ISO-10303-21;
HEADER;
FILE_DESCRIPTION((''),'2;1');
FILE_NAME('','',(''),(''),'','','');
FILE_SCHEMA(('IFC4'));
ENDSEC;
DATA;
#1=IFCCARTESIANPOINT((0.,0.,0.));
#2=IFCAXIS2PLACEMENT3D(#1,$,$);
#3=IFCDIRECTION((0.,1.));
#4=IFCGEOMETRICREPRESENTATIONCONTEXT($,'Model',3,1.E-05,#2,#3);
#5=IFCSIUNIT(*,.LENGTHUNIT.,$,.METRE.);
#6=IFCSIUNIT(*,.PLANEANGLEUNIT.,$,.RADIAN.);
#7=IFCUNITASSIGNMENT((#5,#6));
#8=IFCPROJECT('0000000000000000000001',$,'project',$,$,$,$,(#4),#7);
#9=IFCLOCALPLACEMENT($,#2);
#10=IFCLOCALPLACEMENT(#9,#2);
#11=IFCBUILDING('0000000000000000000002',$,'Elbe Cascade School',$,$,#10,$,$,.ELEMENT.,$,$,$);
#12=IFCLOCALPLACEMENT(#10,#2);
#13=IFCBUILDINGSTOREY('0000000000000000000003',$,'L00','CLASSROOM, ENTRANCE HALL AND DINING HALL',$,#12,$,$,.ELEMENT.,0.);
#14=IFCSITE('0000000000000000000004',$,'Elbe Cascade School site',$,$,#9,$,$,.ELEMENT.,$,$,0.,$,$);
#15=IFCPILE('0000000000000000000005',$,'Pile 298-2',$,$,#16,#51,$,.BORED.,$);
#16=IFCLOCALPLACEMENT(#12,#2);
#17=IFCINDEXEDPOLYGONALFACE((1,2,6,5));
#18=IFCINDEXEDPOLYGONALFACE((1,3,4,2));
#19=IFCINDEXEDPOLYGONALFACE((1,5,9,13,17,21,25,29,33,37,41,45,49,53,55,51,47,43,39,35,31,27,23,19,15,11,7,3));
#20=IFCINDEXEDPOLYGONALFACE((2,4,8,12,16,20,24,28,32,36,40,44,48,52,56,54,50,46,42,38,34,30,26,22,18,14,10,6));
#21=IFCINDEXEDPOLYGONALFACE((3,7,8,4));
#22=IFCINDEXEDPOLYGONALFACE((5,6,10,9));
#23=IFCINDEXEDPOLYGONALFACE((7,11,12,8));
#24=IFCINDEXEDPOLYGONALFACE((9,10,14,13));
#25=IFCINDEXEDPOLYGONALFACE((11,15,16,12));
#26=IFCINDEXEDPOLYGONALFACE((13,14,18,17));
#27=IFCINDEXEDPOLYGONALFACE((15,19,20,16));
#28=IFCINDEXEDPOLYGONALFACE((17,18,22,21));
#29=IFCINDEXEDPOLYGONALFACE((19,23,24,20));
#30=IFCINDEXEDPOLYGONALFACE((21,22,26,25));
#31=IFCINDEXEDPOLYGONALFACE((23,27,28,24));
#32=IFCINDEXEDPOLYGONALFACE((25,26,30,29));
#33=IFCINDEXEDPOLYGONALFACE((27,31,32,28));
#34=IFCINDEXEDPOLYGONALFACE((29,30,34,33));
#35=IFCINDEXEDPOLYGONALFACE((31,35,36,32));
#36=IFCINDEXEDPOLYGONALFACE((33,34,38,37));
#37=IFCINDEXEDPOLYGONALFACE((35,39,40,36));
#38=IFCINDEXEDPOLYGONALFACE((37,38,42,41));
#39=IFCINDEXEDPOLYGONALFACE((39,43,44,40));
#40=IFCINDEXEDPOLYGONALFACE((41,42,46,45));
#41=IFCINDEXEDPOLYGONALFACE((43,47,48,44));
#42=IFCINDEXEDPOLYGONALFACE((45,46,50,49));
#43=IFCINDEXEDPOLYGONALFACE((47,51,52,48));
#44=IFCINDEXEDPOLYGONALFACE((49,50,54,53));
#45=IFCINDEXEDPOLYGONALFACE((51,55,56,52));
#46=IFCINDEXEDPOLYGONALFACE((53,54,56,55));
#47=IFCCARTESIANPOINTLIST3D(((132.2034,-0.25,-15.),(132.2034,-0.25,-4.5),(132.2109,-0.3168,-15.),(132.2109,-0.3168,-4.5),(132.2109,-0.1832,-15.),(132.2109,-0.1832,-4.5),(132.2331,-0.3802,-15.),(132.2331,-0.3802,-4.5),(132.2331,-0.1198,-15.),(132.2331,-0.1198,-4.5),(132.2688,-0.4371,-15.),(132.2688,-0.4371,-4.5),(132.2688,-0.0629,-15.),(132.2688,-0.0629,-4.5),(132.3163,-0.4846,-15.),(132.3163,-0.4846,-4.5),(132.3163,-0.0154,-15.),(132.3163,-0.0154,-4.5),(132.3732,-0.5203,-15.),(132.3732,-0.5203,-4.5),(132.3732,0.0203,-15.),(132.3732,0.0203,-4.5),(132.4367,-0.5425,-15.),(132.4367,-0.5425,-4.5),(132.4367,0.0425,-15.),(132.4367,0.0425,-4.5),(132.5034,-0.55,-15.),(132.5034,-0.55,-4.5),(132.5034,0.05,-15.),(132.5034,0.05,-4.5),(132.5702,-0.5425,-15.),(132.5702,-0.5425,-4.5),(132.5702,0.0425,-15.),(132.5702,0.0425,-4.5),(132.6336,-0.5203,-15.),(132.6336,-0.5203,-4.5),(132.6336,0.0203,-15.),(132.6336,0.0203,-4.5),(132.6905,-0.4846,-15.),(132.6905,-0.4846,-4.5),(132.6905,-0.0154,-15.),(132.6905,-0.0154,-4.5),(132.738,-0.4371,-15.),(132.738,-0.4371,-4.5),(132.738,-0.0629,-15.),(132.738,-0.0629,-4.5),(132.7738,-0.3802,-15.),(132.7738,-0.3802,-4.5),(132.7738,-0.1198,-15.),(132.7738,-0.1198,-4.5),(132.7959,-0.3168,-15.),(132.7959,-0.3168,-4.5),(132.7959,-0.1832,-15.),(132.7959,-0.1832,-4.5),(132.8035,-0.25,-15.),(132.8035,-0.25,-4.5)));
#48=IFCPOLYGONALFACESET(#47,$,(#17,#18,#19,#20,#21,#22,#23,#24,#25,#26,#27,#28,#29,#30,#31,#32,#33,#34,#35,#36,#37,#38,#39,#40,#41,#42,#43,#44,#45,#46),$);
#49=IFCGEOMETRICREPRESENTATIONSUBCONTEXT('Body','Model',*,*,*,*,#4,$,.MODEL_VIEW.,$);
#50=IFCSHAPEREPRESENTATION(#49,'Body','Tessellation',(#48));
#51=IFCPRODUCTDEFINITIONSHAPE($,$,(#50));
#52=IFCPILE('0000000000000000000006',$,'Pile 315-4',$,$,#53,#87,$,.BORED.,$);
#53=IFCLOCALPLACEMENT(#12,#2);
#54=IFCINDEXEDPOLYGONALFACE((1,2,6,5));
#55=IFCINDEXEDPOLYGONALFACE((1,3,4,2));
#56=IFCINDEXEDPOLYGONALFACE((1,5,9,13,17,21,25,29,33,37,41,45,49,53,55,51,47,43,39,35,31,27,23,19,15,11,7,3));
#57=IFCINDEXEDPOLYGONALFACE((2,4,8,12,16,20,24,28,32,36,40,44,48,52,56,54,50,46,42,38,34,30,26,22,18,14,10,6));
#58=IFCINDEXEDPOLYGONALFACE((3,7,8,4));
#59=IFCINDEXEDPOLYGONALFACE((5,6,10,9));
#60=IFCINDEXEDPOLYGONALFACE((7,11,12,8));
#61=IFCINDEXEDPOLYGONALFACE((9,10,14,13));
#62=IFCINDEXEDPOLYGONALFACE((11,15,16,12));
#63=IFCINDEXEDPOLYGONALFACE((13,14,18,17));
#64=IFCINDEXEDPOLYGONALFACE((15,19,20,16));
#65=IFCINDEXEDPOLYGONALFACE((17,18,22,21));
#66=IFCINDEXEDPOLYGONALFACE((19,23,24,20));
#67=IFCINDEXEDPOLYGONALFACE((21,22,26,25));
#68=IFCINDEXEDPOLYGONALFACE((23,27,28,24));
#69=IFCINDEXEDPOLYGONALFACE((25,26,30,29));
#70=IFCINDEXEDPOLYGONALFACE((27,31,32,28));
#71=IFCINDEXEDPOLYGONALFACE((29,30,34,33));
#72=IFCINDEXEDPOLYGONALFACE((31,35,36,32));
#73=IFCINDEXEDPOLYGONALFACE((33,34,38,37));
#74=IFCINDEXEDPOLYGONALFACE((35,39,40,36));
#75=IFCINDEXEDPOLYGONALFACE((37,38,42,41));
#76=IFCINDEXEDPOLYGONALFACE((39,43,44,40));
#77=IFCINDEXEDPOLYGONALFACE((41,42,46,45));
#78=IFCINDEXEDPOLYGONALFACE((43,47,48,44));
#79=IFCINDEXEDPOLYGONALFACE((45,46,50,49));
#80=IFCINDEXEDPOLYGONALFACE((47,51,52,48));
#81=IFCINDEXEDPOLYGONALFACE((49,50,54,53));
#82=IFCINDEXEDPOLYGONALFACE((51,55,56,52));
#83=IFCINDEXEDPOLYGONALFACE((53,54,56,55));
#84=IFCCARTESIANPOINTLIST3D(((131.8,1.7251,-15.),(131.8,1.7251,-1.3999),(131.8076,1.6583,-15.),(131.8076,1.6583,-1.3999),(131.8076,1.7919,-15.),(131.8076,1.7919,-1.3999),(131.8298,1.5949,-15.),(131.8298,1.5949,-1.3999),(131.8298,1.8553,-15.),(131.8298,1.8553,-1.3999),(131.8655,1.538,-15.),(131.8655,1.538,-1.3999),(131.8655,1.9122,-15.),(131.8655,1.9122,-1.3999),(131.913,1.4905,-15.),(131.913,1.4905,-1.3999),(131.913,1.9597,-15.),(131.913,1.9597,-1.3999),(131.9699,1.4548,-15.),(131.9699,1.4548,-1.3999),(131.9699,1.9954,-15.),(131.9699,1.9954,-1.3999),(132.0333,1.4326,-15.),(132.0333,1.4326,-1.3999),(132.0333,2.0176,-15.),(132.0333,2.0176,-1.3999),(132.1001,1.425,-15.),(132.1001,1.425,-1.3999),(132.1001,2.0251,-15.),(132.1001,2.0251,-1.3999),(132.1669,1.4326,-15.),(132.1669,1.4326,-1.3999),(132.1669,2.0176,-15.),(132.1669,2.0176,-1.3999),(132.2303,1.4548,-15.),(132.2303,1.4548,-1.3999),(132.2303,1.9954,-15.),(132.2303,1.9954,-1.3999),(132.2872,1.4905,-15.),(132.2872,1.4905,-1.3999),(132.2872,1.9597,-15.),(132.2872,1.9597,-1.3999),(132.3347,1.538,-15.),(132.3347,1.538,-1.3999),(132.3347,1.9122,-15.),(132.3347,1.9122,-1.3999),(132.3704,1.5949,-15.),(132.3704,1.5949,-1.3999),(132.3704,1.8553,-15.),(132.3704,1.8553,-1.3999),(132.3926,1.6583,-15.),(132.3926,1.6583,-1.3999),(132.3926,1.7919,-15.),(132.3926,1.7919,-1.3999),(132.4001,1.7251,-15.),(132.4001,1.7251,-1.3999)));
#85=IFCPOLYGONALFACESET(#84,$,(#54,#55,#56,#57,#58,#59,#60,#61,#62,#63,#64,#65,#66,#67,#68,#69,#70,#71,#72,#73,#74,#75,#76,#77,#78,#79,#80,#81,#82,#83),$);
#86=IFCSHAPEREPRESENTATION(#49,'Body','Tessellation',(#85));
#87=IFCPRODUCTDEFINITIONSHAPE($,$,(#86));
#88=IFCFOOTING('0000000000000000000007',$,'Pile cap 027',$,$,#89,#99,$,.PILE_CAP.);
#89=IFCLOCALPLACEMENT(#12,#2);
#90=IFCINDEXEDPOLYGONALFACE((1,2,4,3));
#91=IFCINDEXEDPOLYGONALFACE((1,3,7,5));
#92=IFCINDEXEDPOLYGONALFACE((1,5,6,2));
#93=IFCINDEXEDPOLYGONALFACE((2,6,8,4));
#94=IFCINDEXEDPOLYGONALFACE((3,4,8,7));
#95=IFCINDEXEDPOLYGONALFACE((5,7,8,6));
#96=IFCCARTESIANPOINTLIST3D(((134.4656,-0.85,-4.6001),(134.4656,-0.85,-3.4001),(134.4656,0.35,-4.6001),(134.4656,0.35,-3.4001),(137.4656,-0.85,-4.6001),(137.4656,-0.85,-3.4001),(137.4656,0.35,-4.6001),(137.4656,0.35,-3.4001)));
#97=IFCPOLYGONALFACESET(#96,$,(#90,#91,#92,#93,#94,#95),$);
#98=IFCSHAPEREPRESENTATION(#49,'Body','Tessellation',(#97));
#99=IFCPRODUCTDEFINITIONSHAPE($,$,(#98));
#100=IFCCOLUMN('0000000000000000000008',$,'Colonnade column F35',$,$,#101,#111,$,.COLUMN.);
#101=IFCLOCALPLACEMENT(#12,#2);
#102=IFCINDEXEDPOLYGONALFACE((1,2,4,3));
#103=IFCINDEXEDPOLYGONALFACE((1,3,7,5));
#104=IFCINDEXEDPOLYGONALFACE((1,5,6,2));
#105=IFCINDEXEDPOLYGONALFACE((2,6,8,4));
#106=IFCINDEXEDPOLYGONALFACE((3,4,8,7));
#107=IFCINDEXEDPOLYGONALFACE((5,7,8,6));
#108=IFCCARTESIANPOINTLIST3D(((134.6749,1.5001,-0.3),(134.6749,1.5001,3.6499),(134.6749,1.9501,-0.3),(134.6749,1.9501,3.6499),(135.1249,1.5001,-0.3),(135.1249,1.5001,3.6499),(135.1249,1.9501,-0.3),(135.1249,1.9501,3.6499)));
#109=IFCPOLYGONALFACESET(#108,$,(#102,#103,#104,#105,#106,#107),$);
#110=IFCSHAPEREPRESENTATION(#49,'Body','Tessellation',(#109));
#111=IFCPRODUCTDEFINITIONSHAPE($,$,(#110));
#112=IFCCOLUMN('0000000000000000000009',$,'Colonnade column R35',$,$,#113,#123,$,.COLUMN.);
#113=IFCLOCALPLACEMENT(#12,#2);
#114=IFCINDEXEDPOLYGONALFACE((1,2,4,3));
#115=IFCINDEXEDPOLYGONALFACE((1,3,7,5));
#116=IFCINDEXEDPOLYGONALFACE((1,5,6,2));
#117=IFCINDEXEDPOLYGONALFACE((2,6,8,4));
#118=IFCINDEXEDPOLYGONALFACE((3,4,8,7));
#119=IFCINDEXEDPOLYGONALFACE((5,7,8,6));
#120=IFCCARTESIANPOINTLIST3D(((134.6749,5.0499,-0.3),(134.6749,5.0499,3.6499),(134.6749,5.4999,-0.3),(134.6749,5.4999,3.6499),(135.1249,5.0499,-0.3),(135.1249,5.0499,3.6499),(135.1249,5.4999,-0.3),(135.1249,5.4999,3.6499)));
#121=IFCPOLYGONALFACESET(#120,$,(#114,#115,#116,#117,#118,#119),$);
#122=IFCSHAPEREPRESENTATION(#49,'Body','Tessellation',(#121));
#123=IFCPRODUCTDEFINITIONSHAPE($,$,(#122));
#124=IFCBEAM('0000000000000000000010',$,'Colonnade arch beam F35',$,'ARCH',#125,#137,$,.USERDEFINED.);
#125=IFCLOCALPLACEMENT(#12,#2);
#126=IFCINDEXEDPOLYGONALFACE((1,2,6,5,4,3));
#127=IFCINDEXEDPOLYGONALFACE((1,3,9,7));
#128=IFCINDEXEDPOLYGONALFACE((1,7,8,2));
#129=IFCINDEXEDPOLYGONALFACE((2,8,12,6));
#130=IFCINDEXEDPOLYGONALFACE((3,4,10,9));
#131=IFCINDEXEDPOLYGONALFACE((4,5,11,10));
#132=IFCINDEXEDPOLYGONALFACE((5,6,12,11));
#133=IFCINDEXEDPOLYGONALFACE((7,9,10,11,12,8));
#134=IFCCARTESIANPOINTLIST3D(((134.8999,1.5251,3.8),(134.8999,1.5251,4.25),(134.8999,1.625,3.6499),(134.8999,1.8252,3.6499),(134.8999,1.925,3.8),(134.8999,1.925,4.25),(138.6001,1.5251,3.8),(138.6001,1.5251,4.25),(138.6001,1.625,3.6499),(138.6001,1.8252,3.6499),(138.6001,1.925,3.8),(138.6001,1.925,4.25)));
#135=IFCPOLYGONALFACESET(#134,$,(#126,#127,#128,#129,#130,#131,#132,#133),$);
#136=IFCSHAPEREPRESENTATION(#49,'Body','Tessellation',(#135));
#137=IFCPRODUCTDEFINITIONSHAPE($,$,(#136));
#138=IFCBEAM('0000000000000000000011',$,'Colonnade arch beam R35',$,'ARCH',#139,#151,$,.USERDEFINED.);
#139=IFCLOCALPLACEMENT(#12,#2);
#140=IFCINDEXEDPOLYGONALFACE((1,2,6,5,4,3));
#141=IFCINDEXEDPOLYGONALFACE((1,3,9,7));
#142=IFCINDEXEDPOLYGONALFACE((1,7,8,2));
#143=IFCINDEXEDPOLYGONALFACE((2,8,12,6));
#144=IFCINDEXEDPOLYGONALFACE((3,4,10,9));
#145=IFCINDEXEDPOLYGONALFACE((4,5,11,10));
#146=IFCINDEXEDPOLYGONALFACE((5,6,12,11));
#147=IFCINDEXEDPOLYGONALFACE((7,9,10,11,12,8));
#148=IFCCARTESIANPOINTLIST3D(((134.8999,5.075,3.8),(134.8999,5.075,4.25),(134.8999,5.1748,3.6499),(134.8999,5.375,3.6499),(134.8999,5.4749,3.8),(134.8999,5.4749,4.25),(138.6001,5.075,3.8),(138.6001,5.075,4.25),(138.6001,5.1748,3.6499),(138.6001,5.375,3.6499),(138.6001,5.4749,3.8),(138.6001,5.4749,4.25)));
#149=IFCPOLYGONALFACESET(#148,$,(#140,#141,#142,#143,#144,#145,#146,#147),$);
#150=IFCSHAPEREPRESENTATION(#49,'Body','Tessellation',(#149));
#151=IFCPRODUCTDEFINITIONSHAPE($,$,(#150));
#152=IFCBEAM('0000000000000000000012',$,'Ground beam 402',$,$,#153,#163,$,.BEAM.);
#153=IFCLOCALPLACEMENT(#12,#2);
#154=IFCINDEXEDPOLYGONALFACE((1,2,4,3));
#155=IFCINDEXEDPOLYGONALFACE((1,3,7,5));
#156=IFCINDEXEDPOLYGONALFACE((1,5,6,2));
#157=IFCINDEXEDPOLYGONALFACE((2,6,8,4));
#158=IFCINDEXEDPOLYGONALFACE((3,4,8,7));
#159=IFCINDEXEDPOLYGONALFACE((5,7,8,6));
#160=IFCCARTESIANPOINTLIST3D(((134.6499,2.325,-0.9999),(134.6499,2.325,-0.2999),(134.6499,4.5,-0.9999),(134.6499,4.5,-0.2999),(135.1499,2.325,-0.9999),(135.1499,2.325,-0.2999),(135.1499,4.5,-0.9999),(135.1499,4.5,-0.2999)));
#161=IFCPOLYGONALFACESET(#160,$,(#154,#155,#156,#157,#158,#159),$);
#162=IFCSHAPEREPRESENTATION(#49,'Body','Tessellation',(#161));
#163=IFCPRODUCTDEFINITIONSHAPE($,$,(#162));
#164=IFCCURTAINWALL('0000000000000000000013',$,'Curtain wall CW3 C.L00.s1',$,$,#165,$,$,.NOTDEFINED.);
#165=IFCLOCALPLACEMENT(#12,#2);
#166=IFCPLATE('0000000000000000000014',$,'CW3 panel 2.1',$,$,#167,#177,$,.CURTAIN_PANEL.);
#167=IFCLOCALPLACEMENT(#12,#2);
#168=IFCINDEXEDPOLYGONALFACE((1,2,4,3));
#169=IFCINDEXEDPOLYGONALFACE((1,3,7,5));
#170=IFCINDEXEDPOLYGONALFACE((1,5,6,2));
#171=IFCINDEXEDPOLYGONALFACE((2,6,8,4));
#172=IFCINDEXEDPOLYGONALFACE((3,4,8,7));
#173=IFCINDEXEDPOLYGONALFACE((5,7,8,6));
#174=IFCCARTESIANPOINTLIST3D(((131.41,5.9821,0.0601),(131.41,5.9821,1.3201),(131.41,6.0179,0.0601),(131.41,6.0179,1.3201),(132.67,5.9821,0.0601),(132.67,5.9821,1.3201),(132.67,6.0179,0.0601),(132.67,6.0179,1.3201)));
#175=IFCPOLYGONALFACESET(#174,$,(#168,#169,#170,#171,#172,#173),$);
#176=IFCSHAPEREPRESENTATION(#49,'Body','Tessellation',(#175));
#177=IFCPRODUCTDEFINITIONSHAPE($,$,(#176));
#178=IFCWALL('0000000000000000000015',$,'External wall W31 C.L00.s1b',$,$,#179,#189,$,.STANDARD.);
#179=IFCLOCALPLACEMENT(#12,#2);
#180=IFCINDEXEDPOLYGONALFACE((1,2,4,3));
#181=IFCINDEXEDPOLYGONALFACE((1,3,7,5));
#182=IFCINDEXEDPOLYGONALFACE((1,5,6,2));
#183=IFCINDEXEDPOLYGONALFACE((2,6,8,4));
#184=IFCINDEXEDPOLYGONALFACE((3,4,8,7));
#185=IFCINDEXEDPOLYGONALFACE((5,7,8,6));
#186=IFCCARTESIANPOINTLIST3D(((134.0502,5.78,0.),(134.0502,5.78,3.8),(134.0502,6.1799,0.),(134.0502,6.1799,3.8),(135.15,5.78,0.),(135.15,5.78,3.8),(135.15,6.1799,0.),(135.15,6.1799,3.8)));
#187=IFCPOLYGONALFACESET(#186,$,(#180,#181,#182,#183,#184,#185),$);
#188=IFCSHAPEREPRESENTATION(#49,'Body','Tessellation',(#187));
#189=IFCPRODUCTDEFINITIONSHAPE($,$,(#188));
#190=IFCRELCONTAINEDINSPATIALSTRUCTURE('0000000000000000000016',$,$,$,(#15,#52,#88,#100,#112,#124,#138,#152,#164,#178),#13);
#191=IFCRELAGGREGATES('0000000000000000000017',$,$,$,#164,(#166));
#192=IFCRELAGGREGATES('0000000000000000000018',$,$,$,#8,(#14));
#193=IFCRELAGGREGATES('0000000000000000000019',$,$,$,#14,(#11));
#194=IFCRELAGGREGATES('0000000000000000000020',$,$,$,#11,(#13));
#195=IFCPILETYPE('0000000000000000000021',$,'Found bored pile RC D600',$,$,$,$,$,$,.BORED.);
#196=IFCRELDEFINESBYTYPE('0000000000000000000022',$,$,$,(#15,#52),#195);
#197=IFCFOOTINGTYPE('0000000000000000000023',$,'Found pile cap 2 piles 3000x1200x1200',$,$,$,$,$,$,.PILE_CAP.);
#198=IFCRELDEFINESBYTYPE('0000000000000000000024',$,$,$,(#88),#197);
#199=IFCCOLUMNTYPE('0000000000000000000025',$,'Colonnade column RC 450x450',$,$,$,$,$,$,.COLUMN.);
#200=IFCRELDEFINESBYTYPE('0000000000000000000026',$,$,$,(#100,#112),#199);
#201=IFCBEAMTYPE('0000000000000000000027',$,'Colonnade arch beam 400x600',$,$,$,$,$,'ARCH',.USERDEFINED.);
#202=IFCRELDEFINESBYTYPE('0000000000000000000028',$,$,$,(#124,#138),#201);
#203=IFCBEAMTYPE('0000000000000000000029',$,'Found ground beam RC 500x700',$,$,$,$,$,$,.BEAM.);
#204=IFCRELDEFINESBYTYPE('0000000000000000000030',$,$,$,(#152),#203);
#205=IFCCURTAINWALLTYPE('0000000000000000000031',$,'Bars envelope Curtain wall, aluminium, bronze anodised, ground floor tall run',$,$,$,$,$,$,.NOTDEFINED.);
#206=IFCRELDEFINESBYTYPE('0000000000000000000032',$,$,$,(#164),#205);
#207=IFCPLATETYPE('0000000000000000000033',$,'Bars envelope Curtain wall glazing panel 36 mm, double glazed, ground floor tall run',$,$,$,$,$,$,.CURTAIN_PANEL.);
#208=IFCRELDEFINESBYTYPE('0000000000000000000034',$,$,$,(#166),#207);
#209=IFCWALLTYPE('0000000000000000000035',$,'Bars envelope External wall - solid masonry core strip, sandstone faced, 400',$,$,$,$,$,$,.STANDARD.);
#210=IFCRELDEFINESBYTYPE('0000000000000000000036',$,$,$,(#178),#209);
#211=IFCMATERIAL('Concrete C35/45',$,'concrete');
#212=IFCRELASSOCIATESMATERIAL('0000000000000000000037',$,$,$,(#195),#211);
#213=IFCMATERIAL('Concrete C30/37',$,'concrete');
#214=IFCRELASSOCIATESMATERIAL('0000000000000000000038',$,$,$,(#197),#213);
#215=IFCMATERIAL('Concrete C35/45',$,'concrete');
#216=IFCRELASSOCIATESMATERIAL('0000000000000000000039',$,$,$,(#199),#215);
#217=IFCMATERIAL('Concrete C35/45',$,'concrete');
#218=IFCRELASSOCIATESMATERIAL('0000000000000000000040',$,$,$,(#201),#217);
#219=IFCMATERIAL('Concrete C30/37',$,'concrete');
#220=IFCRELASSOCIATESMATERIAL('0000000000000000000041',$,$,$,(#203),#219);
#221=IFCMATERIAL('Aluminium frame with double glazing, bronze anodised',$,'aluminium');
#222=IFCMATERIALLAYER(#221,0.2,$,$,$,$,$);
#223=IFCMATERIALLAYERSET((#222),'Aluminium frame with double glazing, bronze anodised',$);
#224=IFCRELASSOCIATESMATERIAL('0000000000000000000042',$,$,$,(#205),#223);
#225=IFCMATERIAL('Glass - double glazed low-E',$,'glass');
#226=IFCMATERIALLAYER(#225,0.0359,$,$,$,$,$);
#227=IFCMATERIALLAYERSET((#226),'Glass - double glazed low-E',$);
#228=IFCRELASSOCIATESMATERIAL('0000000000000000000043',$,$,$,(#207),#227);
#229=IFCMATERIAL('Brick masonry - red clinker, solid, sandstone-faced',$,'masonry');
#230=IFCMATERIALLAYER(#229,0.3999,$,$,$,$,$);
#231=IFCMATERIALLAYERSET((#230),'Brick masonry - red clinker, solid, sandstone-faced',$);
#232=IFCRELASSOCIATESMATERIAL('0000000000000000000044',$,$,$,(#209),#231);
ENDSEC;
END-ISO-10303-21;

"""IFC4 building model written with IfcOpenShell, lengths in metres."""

from ifc_helpers import new_model, si_unit, direction, frame, frame_2d, origin, origin_2d, place, context, subcontext, project, spatial, polyline, rectangle, circle, outline, extrude, material, layer, layer_set, material_profile, profile_set, type_object, element, aggregate, save


model = new_model("IFC4")

# Units and contexts
model_context = context("Model", 3, precision=1e-05, world=origin(), true_north=direction((0.0, 1.0)))
body_context = subcontext(model_context, "Body", "Model", "MODEL_VIEW")
ifc_project = project(units=[si_unit("LENGTHUNIT", "METRE"), si_unit("PLANEANGLEUNIT", "RADIAN")], contexts=[model_context])

# Site, building, storey
site_placement = place(None, origin())
site = spatial("IfcSite", under=ifc_project, at=site_placement, Name="Elbe Cascade School site", CompositionType="ELEMENT", RefElevation=0.0)
building_placement = place(site_placement, origin())
building = spatial("IfcBuilding", under=site, at=building_placement, Name="Elbe Cascade School", CompositionType="ELEMENT")
storey_placement = place(building_placement, origin())
storey = spatial("IfcBuildingStorey", under=building, at=storey_placement, Name="L00", Description="CLASSROOM, ENTRANCE HALL AND DINING HALL", CompositionType="ELEMENT", Elevation=0.0)

# Piles
ifc_material_1 = material(Name="Concrete C35/45", Category="concrete")
ifc_material_profile_1 = material_profile(ifc_material_1, circle(Radius=0.3, at=origin_2d()), Name="RC D600")
ifc_profile_set_1 = profile_set([ifc_material_profile_1], Name="Concrete C35/45")
pile_type = type_object("IfcPileType", Name="Found bored pile RC D600", PredefinedType="BORED", material=ifc_profile_set_1)
pile_1_placement = place(storey_placement, frame((132.5034, -0.25, -4.5), z_axis=(0.0, 0.0, -1.0), x_axis=(1.0, 0.0, 0.0)))
element("IfcPile", 1, at=pile_1_placement, inside=storey, type_object=pile_type, Name="Pile 298-2", PredefinedType="BORED", context=body_context, shape_type="SweptSolid", body=[
    extrude(circle(Radius=0.3, at=origin_2d()), origin(), (0.0, 0.0, 1.0), 10.5),
])
pile_2_placement = place(storey_placement, frame((132.1001, 1.7251, -1.3999), z_axis=(0.0, 0.0, -1.0), x_axis=(1.0, 0.0, 0.0)))
element("IfcPile", 2, at=pile_2_placement, inside=storey, type_object=pile_type, Name="Pile 315-4", PredefinedType="BORED", context=body_context, shape_type="SweptSolid", body=[
    extrude(circle(Radius=0.3, at=origin_2d()), origin(), (0.0, 0.0, 1.0), 13.6001),
])

# Footing
ifc_material_2 = material(Name="Concrete C30/37", Category="concrete")
footing_type = type_object("IfcFootingType", Name="Found pile cap 2 piles 3000x1200x1200", PredefinedType="PILE_CAP", material=ifc_material_2)
footing_placement = place(storey_placement, frame((135.9656, -0.25, -4.6001), z_axis=(0.0, 0.0, 1.0), x_axis=(1.0, 0.0, 0.0)))
element("IfcFooting", 3, at=footing_placement, inside=storey, type_object=footing_type, Name="Pile cap 027", PredefinedType="PILE_CAP", context=body_context, shape_type="SweptSolid", body=[
    extrude(rectangle(XDim=3.0, YDim=1.2, at=origin_2d()), origin(), (0.0, 0.0, 1.0), 1.2),
])

# Columns
ifc_material_3 = material(Name="Concrete C35/45", Category="concrete")
ifc_material_profile_2 = material_profile(ifc_material_3, rectangle(XDim=0.45, YDim=0.45, at=origin_2d()), Name="RC 450x450")
ifc_profile_set_2 = profile_set([ifc_material_profile_2], Name="Concrete C35/45")
column_type = type_object("IfcColumnType", Name="Colonnade column RC 450x450", PredefinedType="COLUMN", material=ifc_profile_set_2)
for number, where, z_axis, x_axis, name in (
    (4, (134.8999, 1.7251, -0.3), (0.0, 0.0, 1.0), (1.0, 0.0, 0.0), "Colonnade column F35"),
    (5, (134.8999, 5.2749, -0.3), (0.0, 0.0, 1.0), (1.0, 0.0, 0.0), "Colonnade column R35"),
):
    element("IfcColumn", number, at=place(storey_placement, frame(where, z_axis=z_axis, x_axis=x_axis)), inside=storey, type_object=column_type, Name=name, PredefinedType="COLUMN", context=body_context, shape_type="SweptSolid", body=[
        extrude(rectangle(XDim=0.45, YDim=0.45, at=origin_2d()), origin(), (0.0, 0.0, 1.0), 3.95),
    ])

# Beams
ifc_material_4 = material(Name="Concrete C35/45", Category="concrete")
ifc_material_profile_3 = material_profile(ifc_material_4, outline(polyline([(-0.2, 0.3), (0.2, 0.3), (0.2, -0.1499), (0.1001, -0.3), (-0.1001, -0.3), (-0.2, -0.1499), (-0.2, 0.3)])), Name="RC arch 400x600")
ifc_profile_set_3 = profile_set([ifc_material_profile_3], Name="Concrete C35/45")
beam_type_1 = type_object("IfcBeamType", Name="Colonnade arch beam 400x600", ElementType="ARCH", PredefinedType="USERDEFINED", material=ifc_profile_set_3)
for number, where, z_axis, x_axis, name in (
    (6, (134.8999, 1.7251, 3.95), (1.0, 0.0, 0.0), (0.0, 1.0, 0.0), "Colonnade arch beam F35"),
    (7, (134.8999, 5.2749, 3.95), (1.0, 0.0, 0.0), (0.0, 1.0, 0.0), "Colonnade arch beam R35"),
):
    element("IfcBeam", number, at=place(storey_placement, frame(where, z_axis=z_axis, x_axis=x_axis)), inside=storey, type_object=beam_type_1, Name=name, ObjectType="ARCH", PredefinedType="USERDEFINED", context=body_context, shape_type="SweptSolid", body=[
        extrude(outline(polyline([(-0.2, 0.3), (0.2, 0.3), (0.2, -0.1499), (0.1001, -0.3), (-0.1001, -0.3), (-0.2, -0.1499), (-0.2, 0.3)])), origin(), (0.0, 0.0, 1.0), 3.7002),
    ])
ifc_material_5 = material(Name="Concrete C30/37", Category="concrete")
ifc_material_profile_4 = material_profile(ifc_material_5, rectangle(XDim=0.5, YDim=0.7, at=origin_2d()), Name="RC 500x700")
ifc_profile_set_4 = profile_set([ifc_material_profile_4], Name="Concrete C30/37")
beam_type_2 = type_object("IfcBeamType", Name="Found ground beam RC 500x700", PredefinedType="BEAM", material=ifc_profile_set_4)
beam_placement = place(storey_placement, frame((134.8999, 2.325, -0.6499), z_axis=(0.0, 1.0, 0.0), x_axis=(-1.0, 0.0, 0.0)))
element("IfcBeam", 8, at=beam_placement, inside=storey, type_object=beam_type_2, Name="Ground beam 402", PredefinedType="BEAM", context=body_context, shape_type="SweptSolid", body=[
    extrude(rectangle(XDim=0.5, YDim=0.7, at=origin_2d()), origin(), (0.0, 0.0, 1.0), 2.175),
])

# Curtain wall, plate
ifc_material_6 = material(Name="Aluminium frame with double glazing, bronze anodised", Category="aluminium")
ifc_layer_1 = layer(ifc_material_6, 0.2)
ifc_layer_set_1 = layer_set([ifc_layer_1], Name="Aluminium frame with double glazing, bronze anodised")
curtain_wall_type = type_object("IfcCurtainWallType", Name="Bars envelope Curtain wall, aluminium, bronze anodised, ground floor tall run", PredefinedType="NOTDEFINED", material=ifc_layer_set_1)
curtain_wall_placement = place(storey_placement, origin())
curtain_wall = element("IfcCurtainWall", 9, at=curtain_wall_placement, inside=storey, type_object=curtain_wall_type, Name="Curtain wall CW3 C.L00.s1", PredefinedType="NOTDEFINED")
ifc_material_7 = material(Name="Glass - double glazed low-E", Category="glass")
ifc_layer_2 = layer(ifc_material_7, 0.0359)
ifc_layer_set_2 = layer_set([ifc_layer_2], Name="Glass - double glazed low-E")
plate_type = type_object("IfcPlateType", Name="Bars envelope Curtain wall glazing panel 36 mm, double glazed, ground floor tall run", PredefinedType="CURTAIN_PANEL", material=ifc_layer_set_2)
plate_placement = place(storey_placement, frame((132.04, 6.0, 0.0601), z_axis=(0.0, 0.0, 1.0), x_axis=(-1.0, 0.0, 0.0)))
plate = element("IfcPlate", 10, at=plate_placement, type_object=plate_type, Name="CW3 panel 2.1", PredefinedType="CURTAIN_PANEL", context=body_context, shape_type="SweptSolid", body=[
    extrude(rectangle(XDim=1.26, YDim=0.0359, at=origin_2d()), origin(), (0.0, 0.0, 1.0), 1.26),
])
aggregate(curtain_wall, [plate])

# Wall
ifc_material_8 = material(Name="Brick masonry - red clinker, solid, sandstone-faced", Category="masonry")
ifc_layer_3 = layer(ifc_material_8, 0.3999)
ifc_layer_set_3 = layer_set([ifc_layer_3], Name="Brick masonry - red clinker, solid, sandstone-faced")
wall_type_1 = type_object("IfcWallType", Name="Bars envelope External wall - solid masonry core strip, sandstone faced, 400", PredefinedType="STANDARD", material=ifc_layer_set_3)
wall_1_placement = place(storey_placement, frame((135.1499, 5.98, 0.0), z_axis=(0.0, 0.0, 1.0), x_axis=(-1.0, 0.0, 0.0)))
element("IfcWall", 11, at=wall_1_placement, inside=storey, type_object=wall_type_1, Name="External wall W31 C.L00.s1b", PredefinedType="STANDARD", context=body_context, shape_type="SweptSolid", body=[
    extrude(rectangle(XDim=1.0999, YDim=0.3999, at=frame_2d((0.5498, 0.0))), origin(), (0.0, 0.0, 1.0), 3.8),
])

save(model, "model.ifc")
